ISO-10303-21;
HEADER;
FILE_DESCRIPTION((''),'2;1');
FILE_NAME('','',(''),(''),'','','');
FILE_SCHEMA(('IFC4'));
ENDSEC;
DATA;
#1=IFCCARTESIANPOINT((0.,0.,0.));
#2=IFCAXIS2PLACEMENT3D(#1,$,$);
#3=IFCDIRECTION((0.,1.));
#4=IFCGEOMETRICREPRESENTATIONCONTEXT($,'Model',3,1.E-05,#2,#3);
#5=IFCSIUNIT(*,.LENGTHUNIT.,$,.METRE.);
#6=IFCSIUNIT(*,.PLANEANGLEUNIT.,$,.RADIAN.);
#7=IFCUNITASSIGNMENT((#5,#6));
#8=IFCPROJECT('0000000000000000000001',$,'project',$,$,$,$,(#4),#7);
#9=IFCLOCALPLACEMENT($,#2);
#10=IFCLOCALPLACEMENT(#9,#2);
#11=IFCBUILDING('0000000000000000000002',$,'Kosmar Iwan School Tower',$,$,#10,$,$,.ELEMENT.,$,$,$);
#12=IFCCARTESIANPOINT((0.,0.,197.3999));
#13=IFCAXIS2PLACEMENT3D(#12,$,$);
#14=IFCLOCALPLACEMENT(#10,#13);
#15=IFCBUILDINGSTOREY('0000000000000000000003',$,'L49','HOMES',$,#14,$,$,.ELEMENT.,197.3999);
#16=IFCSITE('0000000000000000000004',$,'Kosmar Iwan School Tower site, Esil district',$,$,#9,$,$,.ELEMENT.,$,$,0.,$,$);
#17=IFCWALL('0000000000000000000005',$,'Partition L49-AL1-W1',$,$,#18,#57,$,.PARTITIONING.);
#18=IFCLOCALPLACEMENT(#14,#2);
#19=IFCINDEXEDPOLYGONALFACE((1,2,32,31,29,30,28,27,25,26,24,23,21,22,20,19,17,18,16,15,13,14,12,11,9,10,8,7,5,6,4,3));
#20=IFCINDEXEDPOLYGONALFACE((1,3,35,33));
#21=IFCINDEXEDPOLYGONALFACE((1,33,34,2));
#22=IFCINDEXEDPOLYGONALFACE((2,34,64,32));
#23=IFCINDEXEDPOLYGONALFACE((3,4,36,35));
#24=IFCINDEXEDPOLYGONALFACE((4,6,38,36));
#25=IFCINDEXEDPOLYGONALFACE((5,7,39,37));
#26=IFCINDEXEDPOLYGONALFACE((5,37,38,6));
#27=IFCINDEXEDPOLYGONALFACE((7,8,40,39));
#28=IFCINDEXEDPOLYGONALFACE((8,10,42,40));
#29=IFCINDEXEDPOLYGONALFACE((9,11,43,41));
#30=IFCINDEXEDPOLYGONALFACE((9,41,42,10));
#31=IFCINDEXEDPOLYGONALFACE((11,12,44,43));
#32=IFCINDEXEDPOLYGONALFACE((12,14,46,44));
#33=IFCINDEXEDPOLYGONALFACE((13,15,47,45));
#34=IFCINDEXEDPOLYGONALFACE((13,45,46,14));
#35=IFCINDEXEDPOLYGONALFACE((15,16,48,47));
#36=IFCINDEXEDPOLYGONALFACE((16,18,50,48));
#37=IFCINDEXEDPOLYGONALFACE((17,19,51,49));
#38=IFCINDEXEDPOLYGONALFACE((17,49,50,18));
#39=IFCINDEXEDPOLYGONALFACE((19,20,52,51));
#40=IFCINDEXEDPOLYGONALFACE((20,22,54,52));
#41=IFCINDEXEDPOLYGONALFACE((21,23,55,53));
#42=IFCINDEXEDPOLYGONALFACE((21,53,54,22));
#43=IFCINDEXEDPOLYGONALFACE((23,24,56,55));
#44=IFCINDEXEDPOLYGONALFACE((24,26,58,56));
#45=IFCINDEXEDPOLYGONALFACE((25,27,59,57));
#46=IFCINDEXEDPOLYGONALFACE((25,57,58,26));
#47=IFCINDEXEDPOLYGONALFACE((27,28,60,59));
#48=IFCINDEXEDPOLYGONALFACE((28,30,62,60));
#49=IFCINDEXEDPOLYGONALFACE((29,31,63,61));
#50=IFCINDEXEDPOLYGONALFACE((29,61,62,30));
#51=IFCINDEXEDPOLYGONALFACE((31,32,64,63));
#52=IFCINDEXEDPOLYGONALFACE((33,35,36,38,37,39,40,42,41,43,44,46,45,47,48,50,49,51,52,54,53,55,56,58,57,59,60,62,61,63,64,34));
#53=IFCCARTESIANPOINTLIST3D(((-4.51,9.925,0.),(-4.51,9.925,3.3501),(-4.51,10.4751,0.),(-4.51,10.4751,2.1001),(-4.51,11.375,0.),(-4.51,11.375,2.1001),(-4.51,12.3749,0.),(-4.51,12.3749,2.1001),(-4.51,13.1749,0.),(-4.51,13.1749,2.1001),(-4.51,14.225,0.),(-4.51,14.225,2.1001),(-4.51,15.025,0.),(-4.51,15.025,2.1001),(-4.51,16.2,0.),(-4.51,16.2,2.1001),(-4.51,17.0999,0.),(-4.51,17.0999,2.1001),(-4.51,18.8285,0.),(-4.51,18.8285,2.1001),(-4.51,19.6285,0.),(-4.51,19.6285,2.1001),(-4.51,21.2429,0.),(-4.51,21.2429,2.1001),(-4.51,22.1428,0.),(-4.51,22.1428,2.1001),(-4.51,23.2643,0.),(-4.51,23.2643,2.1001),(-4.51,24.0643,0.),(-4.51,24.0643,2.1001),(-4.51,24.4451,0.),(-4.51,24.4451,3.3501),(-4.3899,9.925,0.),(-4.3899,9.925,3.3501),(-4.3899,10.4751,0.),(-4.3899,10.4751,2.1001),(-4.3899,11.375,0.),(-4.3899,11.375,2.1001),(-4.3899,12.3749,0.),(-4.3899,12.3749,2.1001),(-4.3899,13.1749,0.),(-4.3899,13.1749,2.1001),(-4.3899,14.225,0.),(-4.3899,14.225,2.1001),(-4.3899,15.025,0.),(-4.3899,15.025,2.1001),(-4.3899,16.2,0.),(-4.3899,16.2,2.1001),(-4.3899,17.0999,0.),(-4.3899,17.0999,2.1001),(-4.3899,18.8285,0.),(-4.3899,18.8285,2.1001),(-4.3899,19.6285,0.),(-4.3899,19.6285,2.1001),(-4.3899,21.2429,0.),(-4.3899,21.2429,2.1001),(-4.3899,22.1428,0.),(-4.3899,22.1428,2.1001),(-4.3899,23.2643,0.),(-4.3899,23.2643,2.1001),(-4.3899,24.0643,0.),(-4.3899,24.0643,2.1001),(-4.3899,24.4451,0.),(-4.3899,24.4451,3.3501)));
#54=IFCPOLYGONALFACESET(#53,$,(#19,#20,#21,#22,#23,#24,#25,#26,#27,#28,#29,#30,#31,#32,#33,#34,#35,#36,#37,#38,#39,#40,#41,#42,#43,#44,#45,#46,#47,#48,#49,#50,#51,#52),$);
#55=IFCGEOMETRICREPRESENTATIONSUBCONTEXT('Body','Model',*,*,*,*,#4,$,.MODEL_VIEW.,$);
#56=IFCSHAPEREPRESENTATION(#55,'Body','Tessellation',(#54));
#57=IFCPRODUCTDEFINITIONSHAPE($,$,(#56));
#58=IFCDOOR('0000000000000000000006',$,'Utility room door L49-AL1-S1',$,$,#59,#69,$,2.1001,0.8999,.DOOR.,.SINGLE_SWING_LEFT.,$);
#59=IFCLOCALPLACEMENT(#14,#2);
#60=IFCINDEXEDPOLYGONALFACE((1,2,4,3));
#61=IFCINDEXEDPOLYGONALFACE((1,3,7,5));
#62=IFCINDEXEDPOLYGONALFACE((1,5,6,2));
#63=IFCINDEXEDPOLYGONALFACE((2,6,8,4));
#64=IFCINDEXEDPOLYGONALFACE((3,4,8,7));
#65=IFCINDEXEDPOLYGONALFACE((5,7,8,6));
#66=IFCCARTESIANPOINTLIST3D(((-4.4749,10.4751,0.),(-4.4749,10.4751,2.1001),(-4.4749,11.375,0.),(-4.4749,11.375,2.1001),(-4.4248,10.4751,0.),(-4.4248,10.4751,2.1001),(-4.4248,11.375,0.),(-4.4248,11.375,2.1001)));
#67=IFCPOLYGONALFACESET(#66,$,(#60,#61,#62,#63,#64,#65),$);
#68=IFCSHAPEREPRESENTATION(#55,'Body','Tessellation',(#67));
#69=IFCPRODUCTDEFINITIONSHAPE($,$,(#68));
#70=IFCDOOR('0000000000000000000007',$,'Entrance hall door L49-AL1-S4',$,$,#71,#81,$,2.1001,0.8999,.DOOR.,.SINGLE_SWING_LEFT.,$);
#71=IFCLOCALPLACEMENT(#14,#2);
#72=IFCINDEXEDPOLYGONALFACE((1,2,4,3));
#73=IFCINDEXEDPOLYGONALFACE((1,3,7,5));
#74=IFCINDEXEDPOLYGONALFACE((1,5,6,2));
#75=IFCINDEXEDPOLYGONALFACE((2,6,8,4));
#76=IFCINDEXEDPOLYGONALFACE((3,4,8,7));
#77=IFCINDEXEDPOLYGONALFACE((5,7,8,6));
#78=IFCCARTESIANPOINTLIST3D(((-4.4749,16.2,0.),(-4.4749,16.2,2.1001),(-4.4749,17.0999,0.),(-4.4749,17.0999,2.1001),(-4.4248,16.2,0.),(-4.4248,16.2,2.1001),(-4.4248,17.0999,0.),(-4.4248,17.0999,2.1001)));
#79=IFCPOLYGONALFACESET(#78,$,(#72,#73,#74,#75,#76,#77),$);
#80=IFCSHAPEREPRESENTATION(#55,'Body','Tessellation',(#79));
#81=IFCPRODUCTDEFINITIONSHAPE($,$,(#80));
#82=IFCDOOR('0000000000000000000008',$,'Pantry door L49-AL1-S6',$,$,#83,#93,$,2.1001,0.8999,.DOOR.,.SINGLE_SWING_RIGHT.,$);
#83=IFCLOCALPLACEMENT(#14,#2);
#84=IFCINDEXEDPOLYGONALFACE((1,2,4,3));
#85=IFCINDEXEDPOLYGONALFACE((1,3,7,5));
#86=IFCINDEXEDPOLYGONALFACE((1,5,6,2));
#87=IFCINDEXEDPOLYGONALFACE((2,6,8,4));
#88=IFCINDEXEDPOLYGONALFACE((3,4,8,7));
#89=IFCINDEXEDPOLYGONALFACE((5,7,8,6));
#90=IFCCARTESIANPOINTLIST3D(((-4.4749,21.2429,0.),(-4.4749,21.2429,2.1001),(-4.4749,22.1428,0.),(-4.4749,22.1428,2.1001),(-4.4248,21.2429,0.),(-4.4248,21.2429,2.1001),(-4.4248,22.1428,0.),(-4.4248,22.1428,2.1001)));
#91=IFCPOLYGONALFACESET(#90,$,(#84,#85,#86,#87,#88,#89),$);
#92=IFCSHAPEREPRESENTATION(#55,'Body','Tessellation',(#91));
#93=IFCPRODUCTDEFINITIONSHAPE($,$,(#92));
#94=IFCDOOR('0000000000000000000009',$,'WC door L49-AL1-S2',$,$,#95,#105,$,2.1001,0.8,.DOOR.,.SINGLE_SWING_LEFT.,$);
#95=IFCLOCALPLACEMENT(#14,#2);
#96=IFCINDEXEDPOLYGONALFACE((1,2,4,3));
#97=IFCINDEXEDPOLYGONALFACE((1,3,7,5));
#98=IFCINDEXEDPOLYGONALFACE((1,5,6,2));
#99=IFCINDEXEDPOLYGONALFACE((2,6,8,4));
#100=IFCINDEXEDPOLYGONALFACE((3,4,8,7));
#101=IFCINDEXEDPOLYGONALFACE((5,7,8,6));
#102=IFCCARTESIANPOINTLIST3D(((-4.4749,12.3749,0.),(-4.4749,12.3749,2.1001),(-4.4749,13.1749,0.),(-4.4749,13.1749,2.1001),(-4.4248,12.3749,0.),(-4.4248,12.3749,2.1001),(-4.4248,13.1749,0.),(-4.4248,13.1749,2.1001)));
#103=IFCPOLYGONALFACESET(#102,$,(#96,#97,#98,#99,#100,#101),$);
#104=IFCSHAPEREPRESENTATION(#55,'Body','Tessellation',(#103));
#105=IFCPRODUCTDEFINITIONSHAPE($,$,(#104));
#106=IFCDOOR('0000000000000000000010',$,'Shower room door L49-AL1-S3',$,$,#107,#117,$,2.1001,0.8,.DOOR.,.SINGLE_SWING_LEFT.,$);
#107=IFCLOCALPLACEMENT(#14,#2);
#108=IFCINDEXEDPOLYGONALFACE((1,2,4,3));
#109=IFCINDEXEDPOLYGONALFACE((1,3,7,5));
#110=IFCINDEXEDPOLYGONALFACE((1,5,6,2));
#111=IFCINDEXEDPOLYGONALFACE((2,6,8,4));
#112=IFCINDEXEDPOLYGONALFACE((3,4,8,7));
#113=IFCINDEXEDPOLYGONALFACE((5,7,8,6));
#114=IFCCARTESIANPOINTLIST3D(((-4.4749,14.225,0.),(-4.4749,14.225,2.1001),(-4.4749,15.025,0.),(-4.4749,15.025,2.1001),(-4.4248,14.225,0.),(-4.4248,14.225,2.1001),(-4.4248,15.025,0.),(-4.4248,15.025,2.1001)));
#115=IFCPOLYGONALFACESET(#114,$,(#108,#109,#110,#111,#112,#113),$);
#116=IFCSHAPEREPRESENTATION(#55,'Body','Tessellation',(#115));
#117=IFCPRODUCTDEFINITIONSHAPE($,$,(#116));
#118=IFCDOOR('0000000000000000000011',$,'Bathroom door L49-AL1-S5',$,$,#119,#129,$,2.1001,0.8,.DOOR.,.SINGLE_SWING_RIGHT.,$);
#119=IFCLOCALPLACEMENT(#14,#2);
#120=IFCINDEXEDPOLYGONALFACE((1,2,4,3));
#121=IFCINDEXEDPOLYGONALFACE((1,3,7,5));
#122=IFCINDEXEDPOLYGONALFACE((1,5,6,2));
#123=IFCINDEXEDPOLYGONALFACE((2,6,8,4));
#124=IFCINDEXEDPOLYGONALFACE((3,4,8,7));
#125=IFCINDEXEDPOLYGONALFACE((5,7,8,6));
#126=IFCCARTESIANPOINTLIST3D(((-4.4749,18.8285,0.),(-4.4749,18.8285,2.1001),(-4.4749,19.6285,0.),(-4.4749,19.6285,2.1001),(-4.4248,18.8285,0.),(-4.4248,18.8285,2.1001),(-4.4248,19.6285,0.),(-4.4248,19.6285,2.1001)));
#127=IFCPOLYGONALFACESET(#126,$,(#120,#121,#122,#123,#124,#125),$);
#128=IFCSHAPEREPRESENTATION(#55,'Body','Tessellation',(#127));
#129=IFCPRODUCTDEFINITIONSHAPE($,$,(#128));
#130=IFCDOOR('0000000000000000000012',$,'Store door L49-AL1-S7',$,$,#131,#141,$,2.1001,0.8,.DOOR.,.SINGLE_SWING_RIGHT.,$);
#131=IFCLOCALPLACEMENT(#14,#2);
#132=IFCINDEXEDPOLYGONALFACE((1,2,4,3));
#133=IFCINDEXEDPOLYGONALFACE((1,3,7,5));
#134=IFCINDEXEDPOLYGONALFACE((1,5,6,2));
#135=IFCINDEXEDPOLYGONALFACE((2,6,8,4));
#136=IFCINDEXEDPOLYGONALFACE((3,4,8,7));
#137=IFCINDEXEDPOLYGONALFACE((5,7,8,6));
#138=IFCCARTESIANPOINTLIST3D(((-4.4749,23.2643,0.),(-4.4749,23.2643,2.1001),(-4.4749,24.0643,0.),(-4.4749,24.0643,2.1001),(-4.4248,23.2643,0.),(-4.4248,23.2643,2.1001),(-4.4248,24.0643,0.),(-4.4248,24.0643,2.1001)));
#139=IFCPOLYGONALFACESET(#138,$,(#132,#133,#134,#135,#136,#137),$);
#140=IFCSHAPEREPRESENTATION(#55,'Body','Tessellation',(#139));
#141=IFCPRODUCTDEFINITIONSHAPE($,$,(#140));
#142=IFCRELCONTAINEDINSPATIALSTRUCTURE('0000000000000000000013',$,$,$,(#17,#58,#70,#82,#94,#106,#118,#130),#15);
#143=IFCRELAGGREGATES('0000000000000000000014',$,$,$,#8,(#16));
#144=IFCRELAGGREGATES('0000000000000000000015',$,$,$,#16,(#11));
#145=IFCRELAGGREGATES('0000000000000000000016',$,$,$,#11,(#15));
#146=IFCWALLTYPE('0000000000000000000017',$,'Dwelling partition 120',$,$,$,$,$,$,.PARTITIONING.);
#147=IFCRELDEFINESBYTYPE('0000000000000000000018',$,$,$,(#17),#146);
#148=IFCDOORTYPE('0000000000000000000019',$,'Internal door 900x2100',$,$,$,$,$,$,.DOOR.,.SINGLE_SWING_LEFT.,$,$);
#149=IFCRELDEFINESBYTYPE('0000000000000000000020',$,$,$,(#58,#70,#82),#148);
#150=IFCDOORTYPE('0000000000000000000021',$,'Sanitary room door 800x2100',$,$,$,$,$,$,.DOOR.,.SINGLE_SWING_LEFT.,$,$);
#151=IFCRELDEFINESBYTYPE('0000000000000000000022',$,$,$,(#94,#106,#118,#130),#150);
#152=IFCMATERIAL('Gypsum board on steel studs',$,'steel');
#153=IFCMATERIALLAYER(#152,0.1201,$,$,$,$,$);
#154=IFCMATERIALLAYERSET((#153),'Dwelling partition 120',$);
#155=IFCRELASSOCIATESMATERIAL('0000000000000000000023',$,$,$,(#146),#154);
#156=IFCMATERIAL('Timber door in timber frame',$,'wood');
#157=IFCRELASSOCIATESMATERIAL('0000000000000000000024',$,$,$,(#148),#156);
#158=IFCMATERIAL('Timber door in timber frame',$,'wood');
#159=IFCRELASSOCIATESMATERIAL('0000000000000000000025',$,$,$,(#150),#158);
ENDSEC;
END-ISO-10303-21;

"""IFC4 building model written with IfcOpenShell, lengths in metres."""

from ifc_helpers import new_model, si_unit, direction, frame, frame_2d, origin, place, context, subcontext, project, spatial, rectangle, extrude, material, layer, layer_set, type_object, element, fill, save


model = new_model("IFC4")

# Units and contexts
model_context = context("Model", 3, precision=1e-05, world=origin(), true_north=direction((0.0, 1.0)))
body_context = subcontext(model_context, "Body", "Model", "MODEL_VIEW")
ifc_project = project(units=[si_unit("LENGTHUNIT", "METRE"), si_unit("PLANEANGLEUNIT", "RADIAN")], contexts=[model_context])

# Site, building, storey
site_placement = place(None, origin())
site = spatial("IfcSite", under=ifc_project, at=site_placement, Name="Kosmar Iwan School Tower site, Esil district", CompositionType="ELEMENT", RefElevation=0.0)
building_placement = place(site_placement, origin())
building = spatial("IfcBuilding", under=site, at=building_placement, Name="Kosmar Iwan School Tower", CompositionType="ELEMENT")
storey_placement = place(building_placement, frame((0.0, 0.0, 197.3999)))
storey = spatial("IfcBuildingStorey", under=building, at=storey_placement, Name="L49", Description="HOMES", CompositionType="ELEMENT", Elevation=197.3999)

# Wall, openings, doors
ifc_material_1 = material(Name="Gypsum board on steel studs", Category="steel")
ifc_layer_1 = layer(ifc_material_1, 0.1201)
ifc_layer_set_1 = layer_set([ifc_layer_1], Name="Dwelling partition 120")
wall_type_1 = type_object("IfcWallType", Name="Dwelling partition 120", PredefinedType="PARTITIONING", material=ifc_layer_set_1)
wall_1_placement = place(storey_placement, frame((-4.45, 9.925, 0.0), z_axis=(0.0, 0.0, 1.0), x_axis=(0.0, 1.0, 0.0)))
wall_1 = element("IfcWall", 1, at=wall_1_placement, inside=storey, type_object=wall_type_1, Name="Partition L49-AL1-W1", PredefinedType="PARTITIONING", context=body_context, shape_type="SweptSolid", body=[
    extrude(rectangle(XDim=14.52, YDim=0.1201, at=frame_2d((7.26, 0.0))), origin(), (0.0, 0.0, 1.0), 3.3501),
])
opening_1_placement = place(wall_1_placement, frame((0.55, 0.0, 0.0)))
opening_1 = element("IfcOpeningElement", 2, at=opening_1_placement, cuts=wall_1, PredefinedType="OPENING", context=body_context, shape_type="SweptSolid", body=[
    extrude(rectangle(XDim=0.8999, YDim=2.1001, at=frame_2d((0.45, 1.05))), frame((0.0, 0.072, 0.0), z_axis=(0.0, -1.0, 0.0), x_axis=(1.0, 0.0, 0.0)), (0.0, 0.0, 1.0), 0.144),
])
opening_2_placement = place(wall_1_placement, frame((2.45, 0.0, 0.0)))
opening_2 = element("IfcOpeningElement", 3, at=opening_2_placement, cuts=wall_1, PredefinedType="OPENING", context=body_context, shape_type="SweptSolid", body=[
    extrude(rectangle(XDim=0.8, YDim=2.1001, at=frame_2d((0.3999, 1.05))), frame((0.0, 0.072, 0.0), z_axis=(0.0, -1.0, 0.0), x_axis=(1.0, 0.0, 0.0)), (0.0, 0.0, 1.0), 0.144),
])
opening_3_placement = place(wall_1_placement, frame((4.3, 0.0, 0.0)))
opening_3 = element("IfcOpeningElement", 4, at=opening_3_placement, cuts=wall_1, PredefinedType="OPENING", context=body_context, shape_type="SweptSolid", body=[
    extrude(rectangle(XDim=0.8, YDim=2.1001, at=frame_2d((0.3999, 1.05))), frame((0.0, 0.072, 0.0), z_axis=(0.0, -1.0, 0.0), x_axis=(1.0, 0.0, 0.0)), (0.0, 0.0, 1.0), 0.144),
])
opening_4_placement = place(wall_1_placement, frame((6.2749, 0.0, 0.0)))
opening_4 = element("IfcOpeningElement", 5, at=opening_4_placement, cuts=wall_1, PredefinedType="OPENING", context=body_context, shape_type="SweptSolid", body=[
    extrude(rectangle(XDim=0.8999, YDim=2.1001, at=frame_2d((0.45, 1.05))), frame((0.0, 0.072, 0.0), z_axis=(0.0, -1.0, 0.0), x_axis=(1.0, 0.0, 0.0)), (0.0, 0.0, 1.0), 0.144),
])
opening_5_placement = place(wall_1_placement, frame((8.9036, 0.0, 0.0)))
opening_5 = element("IfcOpeningElement", 6, at=opening_5_placement, cuts=wall_1, PredefinedType="OPENING", context=body_context, shape_type="SweptSolid", body=[
    extrude(rectangle(XDim=0.8, YDim=2.1001, at=frame_2d((0.3999, 1.05))), frame((0.0, 0.072, 0.0), z_axis=(0.0, -1.0, 0.0), x_axis=(1.0, 0.0, 0.0)), (0.0, 0.0, 1.0), 0.144),
])
opening_6_placement = place(wall_1_placement, frame((11.3179, 0.0, 0.0)))
opening_6 = element("IfcOpeningElement", 7, at=opening_6_placement, cuts=wall_1, PredefinedType="OPENING", context=body_context, shape_type="SweptSolid", body=[
    extrude(rectangle(XDim=0.8999, YDim=2.1001, at=frame_2d((0.45, 1.05))), frame((0.0, 0.072, 0.0), z_axis=(0.0, -1.0, 0.0), x_axis=(1.0, 0.0, 0.0)), (0.0, 0.0, 1.0), 0.144),
])
opening_7_placement = place(wall_1_placement, frame((13.3394, 0.0, 0.0)))
opening_7 = element("IfcOpeningElement", 8, at=opening_7_placement, cuts=wall_1, PredefinedType="OPENING", context=body_context, shape_type="SweptSolid", body=[
    extrude(rectangle(XDim=0.8, YDim=2.1001, at=frame_2d((0.3999, 1.05))), frame((0.0, 0.072, 0.0), z_axis=(0.0, -1.0, 0.0), x_axis=(1.0, 0.0, 0.0)), (0.0, 0.0, 1.0), 0.144),
])
ifc_material_2 = material(Name="Timber door in timber frame", Category="wood")
door_type_1 = type_object("IfcDoorType", Name="Internal door 900x2100", OperationType="SINGLE_SWING_LEFT", PredefinedType="DOOR", material=ifc_material_2)
door_1_placement = place(opening_1_placement, origin())
door_1 = element("IfcDoor", 9, at=door_1_placement, inside=storey, type_object=door_type_1, Name="Utility room door L49-AL1-S1", OperationType="SINGLE_SWING_LEFT", OverallHeight=2.1001, OverallWidth=0.8999, PredefinedType="DOOR", context=body_context, shape_type="SweptSolid", body=[
    extrude(rectangle(XDim=0.8999, YDim=2.1001, at=frame_2d((0.45, 1.05))), frame((0.0, 0.0249, 0.0), z_axis=(0.0, -1.0, 0.0), x_axis=(1.0, 0.0, 0.0)), (0.0, 0.0, 1.0), 0.05),
])
fill(opening_1, door_1)
door_2_placement = place(opening_4_placement, origin())
door_2 = element("IfcDoor", 10, at=door_2_placement, inside=storey, type_object=door_type_1, Name="Entrance hall door L49-AL1-S4", OperationType="SINGLE_SWING_LEFT", OverallHeight=2.1001, OverallWidth=0.8999, PredefinedType="DOOR", context=body_context, shape_type="SweptSolid", body=[
    extrude(rectangle(XDim=0.8999, YDim=2.1001, at=frame_2d((0.45, 1.05))), frame((0.0, 0.0249, 0.0), z_axis=(0.0, -1.0, 0.0), x_axis=(1.0, 0.0, 0.0)), (0.0, 0.0, 1.0), 0.05),
])
fill(opening_4, door_2)
door_3_placement = place(opening_6_placement, origin())
door_3 = element("IfcDoor", 11, at=door_3_placement, inside=storey, type_object=door_type_1, Name="Pantry door L49-AL1-S6", OperationType="SINGLE_SWING_RIGHT", OverallHeight=2.1001, OverallWidth=0.8999, PredefinedType="DOOR", context=body_context, shape_type="SweptSolid", body=[
    extrude(rectangle(XDim=0.8999, YDim=2.1001, at=frame_2d((0.45, 1.05))), frame((0.0, 0.0249, 0.0), z_axis=(0.0, -1.0, 0.0), x_axis=(1.0, 0.0, 0.0)), (0.0, 0.0, 1.0), 0.05),
])
fill(opening_6, door_3)
ifc_material_3 = material(Name="Timber door in timber frame", Category="wood")
door_type_2 = type_object("IfcDoorType", Name="Sanitary room door 800x2100", OperationType="SINGLE_SWING_LEFT", PredefinedType="DOOR", material=ifc_material_3)
door_4_placement = place(opening_2_placement, origin())
door_4 = element("IfcDoor", 12, at=door_4_placement, inside=storey, type_object=door_type_2, Name="WC door L49-AL1-S2", OperationType="SINGLE_SWING_LEFT", OverallHeight=2.1001, OverallWidth=0.8, PredefinedType="DOOR", context=body_context, shape_type="SweptSolid", body=[
    extrude(rectangle(XDim=0.8, YDim=2.1001, at=frame_2d((0.3999, 1.05))), frame((0.0, 0.0249, 0.0), z_axis=(0.0, -1.0, 0.0), x_axis=(1.0, 0.0, 0.0)), (0.0, 0.0, 1.0), 0.05),
])
fill(opening_2, door_4)
door_5_placement = place(opening_3_placement, origin())
door_5 = element("IfcDoor", 13, at=door_5_placement, inside=storey, type_object=door_type_2, Name="Shower room door L49-AL1-S3", OperationType="SINGLE_SWING_LEFT", OverallHeight=2.1001, OverallWidth=0.8, PredefinedType="DOOR", context=body_context, shape_type="SweptSolid", body=[
    extrude(rectangle(XDim=0.8, YDim=2.1001, at=frame_2d((0.3999, 1.05))), frame((0.0, 0.0249, 0.0), z_axis=(0.0, -1.0, 0.0), x_axis=(1.0, 0.0, 0.0)), (0.0, 0.0, 1.0), 0.05),
])
fill(opening_3, door_5)
door_6_placement = place(opening_5_placement, origin())
door_6 = element("IfcDoor", 14, at=door_6_placement, inside=storey, type_object=door_type_2, Name="Bathroom door L49-AL1-S5", OperationType="SINGLE_SWING_RIGHT", OverallHeight=2.1001, OverallWidth=0.8, PredefinedType="DOOR", context=body_context, shape_type="SweptSolid", body=[
    extrude(rectangle(XDim=0.8, YDim=2.1001, at=frame_2d((0.3999, 1.05))), frame((0.0, 0.0249, 0.0), z_axis=(0.0, -1.0, 0.0), x_axis=(1.0, 0.0, 0.0)), (0.0, 0.0, 1.0), 0.05),
])
fill(opening_5, door_6)
door_7_placement = place(opening_7_placement, origin())
door_7 = element("IfcDoor", 15, at=door_7_placement, inside=storey, type_object=door_type_2, Name="Store door L49-AL1-S7", OperationType="SINGLE_SWING_RIGHT", OverallHeight=2.1001, OverallWidth=0.8, PredefinedType="DOOR", context=body_context, shape_type="SweptSolid", body=[
    extrude(rectangle(XDim=0.8, YDim=2.1001, at=frame_2d((0.3999, 1.05))), frame((0.0, 0.0249, 0.0), z_axis=(0.0, -1.0, 0.0), x_axis=(1.0, 0.0, 0.0)), (0.0, 0.0, 1.0), 0.05),
])
fill(opening_7, door_7)

save(model, "model.ifc")
